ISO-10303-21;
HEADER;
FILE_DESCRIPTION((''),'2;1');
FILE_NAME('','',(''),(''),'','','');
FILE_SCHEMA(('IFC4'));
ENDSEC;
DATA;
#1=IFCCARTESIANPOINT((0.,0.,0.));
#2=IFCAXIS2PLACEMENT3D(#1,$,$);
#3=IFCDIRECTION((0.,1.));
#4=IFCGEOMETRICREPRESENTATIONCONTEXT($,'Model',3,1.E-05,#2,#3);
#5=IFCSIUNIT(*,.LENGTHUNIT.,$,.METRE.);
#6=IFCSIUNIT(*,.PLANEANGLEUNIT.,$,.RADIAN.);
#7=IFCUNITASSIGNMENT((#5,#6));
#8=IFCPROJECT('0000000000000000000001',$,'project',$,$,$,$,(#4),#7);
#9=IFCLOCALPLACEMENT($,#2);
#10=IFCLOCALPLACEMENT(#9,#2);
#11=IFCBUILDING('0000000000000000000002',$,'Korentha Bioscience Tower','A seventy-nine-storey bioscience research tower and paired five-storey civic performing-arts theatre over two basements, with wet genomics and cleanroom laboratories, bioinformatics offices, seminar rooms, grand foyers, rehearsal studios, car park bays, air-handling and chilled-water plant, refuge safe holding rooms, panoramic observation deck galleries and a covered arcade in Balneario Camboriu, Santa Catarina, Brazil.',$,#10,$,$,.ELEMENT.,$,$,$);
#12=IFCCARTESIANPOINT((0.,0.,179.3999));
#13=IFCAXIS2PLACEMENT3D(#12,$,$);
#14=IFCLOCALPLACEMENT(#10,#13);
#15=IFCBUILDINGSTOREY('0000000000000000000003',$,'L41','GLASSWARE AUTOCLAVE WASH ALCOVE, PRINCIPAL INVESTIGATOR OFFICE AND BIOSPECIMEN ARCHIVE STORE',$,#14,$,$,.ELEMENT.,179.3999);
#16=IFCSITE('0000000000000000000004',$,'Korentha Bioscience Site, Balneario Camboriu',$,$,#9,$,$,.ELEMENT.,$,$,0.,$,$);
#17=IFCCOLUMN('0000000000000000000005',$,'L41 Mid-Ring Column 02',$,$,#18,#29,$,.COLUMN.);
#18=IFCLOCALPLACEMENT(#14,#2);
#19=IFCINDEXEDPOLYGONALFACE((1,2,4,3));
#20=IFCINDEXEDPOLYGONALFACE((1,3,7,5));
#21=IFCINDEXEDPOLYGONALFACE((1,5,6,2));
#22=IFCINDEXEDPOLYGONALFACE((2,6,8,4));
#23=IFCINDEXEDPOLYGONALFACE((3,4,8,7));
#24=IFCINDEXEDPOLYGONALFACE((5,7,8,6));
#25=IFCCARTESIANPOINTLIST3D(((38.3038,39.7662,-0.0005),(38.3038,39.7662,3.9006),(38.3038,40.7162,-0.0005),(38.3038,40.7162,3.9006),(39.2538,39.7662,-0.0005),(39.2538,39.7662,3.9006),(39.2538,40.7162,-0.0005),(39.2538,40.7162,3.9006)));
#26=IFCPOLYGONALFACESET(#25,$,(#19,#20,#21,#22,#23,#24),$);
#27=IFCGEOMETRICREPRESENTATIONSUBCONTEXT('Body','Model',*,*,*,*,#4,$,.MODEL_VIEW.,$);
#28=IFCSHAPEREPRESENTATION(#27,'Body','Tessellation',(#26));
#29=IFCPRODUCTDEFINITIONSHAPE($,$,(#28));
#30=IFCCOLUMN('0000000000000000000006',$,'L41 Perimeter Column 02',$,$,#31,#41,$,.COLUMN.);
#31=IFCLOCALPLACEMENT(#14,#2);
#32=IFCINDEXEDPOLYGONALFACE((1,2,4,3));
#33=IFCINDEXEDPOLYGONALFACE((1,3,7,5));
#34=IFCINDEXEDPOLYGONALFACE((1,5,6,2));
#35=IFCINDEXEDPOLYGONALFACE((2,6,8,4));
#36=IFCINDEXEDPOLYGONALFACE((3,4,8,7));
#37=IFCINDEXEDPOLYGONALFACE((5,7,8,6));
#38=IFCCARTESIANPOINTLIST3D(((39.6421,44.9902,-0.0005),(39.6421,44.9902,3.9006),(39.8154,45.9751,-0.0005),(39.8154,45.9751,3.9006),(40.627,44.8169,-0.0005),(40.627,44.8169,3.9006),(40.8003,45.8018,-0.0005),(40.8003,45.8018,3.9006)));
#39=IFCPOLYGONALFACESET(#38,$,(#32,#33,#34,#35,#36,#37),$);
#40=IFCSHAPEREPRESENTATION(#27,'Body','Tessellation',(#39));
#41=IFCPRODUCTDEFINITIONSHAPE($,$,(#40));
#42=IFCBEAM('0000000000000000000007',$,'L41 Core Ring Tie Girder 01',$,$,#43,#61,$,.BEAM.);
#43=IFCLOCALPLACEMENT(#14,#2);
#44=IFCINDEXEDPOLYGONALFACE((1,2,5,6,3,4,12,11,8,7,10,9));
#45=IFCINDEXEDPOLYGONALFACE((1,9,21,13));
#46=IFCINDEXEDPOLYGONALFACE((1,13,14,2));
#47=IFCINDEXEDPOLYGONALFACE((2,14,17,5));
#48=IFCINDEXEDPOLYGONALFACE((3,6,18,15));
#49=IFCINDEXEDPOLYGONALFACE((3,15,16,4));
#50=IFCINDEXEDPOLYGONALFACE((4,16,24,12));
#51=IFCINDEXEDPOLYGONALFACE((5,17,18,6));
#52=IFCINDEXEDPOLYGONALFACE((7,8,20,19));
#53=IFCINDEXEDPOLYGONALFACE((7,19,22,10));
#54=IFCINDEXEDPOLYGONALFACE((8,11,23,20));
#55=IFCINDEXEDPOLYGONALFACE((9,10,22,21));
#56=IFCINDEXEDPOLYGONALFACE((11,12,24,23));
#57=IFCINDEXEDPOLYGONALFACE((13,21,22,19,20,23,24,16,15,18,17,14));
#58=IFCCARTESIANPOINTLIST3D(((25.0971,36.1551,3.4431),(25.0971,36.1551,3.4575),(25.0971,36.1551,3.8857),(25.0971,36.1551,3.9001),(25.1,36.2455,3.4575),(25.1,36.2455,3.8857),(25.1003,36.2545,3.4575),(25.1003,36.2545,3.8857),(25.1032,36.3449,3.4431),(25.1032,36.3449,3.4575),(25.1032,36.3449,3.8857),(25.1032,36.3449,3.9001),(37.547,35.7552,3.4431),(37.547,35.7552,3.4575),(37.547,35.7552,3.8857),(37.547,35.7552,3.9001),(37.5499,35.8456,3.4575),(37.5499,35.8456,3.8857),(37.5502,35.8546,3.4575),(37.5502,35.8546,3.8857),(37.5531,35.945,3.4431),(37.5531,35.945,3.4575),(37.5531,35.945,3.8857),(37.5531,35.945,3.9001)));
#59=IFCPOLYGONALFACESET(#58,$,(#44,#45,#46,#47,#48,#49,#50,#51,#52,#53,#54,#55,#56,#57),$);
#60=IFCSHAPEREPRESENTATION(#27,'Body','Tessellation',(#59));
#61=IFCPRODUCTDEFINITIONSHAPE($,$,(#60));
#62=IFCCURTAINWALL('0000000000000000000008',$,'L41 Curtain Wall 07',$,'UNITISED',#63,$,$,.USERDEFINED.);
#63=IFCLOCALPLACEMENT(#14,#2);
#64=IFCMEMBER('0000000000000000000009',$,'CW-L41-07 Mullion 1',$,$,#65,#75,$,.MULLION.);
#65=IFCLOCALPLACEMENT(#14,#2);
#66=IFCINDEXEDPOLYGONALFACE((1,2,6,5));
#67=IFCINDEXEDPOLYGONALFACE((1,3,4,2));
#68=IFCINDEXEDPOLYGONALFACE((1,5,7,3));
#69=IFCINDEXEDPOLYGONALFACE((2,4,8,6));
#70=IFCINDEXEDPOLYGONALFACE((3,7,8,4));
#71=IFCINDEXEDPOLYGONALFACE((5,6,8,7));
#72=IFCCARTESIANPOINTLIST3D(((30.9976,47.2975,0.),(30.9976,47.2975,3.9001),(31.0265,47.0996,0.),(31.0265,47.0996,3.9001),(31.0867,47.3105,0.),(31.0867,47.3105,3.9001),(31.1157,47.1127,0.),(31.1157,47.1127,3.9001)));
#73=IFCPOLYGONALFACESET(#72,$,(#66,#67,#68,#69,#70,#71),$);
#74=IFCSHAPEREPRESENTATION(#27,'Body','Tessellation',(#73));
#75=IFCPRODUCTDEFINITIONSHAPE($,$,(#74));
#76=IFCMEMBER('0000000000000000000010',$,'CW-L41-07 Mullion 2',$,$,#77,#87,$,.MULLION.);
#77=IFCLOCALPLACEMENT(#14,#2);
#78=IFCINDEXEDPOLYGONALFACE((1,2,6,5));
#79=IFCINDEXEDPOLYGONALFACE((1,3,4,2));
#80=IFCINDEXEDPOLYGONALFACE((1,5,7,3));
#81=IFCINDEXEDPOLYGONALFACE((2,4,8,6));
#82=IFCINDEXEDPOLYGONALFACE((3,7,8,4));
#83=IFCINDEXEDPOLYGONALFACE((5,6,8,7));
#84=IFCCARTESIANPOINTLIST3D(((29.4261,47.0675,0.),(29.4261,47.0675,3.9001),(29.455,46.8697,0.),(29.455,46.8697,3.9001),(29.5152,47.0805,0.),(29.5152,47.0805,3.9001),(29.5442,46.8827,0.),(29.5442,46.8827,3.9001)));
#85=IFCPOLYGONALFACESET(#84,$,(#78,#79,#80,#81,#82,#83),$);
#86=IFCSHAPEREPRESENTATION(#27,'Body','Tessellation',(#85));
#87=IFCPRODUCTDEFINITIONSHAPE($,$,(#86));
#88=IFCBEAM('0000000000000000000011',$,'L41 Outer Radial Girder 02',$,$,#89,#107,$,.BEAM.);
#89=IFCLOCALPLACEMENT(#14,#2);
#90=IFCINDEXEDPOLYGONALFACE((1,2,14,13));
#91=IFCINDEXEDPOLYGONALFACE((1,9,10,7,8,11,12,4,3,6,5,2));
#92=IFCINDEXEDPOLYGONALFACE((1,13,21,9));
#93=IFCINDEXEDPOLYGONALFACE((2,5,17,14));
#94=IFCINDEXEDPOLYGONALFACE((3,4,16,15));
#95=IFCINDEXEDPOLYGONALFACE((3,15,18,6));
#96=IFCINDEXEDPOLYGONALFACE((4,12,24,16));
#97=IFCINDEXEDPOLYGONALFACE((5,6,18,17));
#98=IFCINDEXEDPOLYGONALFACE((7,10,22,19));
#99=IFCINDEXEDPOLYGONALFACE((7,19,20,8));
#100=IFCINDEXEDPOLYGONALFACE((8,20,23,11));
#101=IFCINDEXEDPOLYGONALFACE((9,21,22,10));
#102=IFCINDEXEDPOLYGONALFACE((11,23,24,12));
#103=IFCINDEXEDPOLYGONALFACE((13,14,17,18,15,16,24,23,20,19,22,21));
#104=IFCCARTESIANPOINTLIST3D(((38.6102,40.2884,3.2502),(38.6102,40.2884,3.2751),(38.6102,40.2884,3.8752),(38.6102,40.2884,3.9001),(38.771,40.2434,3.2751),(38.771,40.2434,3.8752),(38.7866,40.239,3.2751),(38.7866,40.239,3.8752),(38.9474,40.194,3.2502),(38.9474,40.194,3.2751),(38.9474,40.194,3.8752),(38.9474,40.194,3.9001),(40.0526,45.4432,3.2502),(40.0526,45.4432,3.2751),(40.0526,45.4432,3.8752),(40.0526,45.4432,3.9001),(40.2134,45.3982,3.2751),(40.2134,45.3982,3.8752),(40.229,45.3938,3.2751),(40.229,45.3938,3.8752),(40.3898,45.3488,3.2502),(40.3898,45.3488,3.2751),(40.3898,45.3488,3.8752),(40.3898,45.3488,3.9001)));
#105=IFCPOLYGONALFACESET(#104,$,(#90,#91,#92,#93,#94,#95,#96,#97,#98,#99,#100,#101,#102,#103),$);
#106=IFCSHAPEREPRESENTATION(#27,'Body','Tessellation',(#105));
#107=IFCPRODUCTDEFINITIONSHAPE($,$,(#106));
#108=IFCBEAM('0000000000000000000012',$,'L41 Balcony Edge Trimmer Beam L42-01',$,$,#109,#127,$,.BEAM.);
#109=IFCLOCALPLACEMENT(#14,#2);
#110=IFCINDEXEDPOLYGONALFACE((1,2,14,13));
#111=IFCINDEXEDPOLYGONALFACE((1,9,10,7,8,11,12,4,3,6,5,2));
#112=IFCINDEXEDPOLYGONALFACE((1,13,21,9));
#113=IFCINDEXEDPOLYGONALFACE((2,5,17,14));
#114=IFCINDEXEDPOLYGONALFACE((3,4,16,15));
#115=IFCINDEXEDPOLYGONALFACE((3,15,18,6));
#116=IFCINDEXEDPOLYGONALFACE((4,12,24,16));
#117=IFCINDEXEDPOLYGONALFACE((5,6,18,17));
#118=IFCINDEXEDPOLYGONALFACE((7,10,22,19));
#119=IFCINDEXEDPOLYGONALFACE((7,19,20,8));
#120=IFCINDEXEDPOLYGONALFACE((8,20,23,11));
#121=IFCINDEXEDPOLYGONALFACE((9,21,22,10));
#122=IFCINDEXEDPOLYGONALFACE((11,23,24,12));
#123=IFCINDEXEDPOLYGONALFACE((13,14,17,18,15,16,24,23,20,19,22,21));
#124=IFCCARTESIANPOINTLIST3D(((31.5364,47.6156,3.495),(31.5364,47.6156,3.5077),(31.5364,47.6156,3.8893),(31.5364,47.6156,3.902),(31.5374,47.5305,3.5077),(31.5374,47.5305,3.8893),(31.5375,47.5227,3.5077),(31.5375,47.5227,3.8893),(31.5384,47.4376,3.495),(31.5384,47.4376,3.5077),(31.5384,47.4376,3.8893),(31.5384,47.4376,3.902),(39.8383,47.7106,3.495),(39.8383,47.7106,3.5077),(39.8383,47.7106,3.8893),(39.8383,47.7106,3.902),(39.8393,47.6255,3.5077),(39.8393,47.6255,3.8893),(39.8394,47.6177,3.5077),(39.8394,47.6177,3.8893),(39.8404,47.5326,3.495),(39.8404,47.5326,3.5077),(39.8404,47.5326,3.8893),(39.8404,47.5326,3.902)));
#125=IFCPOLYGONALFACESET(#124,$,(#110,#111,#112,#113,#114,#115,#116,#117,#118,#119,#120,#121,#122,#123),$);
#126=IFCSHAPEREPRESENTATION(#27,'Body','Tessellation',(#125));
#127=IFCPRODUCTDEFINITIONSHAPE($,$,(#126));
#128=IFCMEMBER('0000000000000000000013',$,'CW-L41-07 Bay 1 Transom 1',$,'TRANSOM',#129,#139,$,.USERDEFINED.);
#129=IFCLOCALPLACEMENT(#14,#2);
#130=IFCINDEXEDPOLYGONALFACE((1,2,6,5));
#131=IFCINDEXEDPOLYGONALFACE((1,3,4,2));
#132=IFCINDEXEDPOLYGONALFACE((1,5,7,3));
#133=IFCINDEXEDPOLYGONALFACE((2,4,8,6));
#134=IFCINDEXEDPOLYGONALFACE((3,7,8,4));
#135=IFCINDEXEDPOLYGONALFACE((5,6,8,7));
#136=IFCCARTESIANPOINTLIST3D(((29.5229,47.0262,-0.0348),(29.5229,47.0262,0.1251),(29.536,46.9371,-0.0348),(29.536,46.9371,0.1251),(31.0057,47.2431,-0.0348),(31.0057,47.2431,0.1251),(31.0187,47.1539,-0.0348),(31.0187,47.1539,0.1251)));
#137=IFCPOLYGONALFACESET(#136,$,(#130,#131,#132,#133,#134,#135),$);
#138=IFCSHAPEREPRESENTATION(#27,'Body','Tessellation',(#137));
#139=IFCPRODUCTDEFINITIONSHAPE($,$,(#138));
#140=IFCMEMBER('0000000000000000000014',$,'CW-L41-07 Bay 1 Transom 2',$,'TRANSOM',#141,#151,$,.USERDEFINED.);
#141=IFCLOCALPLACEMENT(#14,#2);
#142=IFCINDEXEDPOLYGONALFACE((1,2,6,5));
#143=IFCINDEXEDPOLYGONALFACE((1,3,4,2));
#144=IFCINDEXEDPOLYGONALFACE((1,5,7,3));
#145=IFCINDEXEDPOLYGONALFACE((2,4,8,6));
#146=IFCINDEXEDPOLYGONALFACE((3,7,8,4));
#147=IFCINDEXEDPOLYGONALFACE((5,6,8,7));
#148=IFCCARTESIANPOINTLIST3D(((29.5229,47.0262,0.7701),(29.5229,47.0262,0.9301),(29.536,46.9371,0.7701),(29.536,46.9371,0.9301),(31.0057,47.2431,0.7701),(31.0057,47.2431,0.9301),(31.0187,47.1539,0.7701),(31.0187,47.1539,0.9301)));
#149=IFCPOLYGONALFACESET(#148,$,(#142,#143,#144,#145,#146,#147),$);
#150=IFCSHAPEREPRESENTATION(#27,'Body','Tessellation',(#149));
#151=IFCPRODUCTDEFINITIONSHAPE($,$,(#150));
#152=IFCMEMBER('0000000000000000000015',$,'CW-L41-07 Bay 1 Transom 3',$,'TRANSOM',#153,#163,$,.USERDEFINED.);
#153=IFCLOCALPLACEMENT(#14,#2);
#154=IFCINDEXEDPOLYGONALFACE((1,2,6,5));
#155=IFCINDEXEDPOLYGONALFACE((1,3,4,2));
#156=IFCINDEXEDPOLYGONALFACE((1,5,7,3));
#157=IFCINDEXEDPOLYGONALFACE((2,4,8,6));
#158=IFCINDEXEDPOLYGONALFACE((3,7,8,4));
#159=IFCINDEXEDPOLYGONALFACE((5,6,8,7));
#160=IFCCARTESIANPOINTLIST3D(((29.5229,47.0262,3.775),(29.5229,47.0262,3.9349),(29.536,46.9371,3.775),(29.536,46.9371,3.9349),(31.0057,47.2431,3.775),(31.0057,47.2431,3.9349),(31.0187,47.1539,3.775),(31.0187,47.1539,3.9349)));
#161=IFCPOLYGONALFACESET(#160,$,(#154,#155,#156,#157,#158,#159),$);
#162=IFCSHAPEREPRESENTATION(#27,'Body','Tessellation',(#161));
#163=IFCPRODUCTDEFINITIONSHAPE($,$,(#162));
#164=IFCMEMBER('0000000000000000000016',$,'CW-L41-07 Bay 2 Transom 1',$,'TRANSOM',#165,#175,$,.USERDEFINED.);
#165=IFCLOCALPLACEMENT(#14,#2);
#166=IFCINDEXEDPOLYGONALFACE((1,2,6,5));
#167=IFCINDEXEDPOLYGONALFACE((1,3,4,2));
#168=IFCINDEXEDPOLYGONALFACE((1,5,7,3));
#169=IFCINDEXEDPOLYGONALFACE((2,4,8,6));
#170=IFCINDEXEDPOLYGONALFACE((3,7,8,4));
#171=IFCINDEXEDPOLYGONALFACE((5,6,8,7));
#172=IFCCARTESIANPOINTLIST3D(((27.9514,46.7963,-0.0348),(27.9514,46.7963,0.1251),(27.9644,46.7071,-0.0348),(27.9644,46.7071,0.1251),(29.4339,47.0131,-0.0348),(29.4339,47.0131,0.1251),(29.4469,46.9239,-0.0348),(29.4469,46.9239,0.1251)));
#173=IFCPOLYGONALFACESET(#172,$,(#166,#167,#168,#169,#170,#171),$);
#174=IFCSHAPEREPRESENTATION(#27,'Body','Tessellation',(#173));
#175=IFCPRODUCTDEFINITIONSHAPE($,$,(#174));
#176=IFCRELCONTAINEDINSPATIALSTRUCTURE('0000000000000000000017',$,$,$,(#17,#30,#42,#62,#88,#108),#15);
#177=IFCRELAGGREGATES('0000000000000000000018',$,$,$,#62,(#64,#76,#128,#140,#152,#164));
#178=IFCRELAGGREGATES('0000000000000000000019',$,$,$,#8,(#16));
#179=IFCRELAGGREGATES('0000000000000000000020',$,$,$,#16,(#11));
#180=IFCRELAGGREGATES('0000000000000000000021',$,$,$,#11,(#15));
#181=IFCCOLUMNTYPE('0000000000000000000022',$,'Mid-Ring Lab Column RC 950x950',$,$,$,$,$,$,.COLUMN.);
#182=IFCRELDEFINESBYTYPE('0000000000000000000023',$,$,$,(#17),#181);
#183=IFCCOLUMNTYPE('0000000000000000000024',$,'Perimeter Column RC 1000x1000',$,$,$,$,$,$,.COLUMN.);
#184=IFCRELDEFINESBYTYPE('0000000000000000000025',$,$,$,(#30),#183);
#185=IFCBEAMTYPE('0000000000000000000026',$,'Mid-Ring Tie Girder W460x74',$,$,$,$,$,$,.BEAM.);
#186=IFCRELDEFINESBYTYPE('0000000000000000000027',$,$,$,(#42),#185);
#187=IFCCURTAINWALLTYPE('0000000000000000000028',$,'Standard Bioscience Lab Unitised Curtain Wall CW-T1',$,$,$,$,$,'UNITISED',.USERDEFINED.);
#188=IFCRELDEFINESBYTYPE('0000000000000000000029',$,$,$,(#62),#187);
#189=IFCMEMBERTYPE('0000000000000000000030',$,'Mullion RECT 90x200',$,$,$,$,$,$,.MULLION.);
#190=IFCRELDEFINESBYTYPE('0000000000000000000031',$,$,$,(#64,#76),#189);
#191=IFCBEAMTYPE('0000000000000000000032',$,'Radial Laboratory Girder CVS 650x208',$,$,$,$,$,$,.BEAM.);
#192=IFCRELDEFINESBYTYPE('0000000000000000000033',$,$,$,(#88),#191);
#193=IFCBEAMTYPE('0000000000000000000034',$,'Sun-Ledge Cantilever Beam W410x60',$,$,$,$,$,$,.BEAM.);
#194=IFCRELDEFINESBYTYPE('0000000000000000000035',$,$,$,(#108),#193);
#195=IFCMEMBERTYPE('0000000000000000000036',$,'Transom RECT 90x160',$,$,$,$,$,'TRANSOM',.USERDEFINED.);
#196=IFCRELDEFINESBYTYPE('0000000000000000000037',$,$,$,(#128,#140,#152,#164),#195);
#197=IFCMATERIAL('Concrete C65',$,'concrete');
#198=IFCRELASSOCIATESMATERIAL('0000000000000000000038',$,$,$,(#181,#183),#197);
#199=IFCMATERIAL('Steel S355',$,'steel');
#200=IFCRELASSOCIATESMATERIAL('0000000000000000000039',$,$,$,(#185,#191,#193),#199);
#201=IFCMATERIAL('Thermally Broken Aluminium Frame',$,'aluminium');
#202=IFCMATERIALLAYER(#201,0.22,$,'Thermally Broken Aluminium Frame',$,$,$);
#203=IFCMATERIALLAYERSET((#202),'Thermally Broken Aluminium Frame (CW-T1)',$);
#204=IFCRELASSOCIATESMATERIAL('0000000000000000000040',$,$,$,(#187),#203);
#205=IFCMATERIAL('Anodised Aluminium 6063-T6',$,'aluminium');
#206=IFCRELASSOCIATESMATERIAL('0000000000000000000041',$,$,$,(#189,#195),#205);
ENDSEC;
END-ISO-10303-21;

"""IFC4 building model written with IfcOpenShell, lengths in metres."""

from ifc_helpers import new_model, si_unit, direction, frame, origin, origin_2d, place, context, subcontext, project, spatial, rectangle, i_section, extrude, material, layer, layer_set, material_profile, profile_set, type_object, element, aggregate, save


model = new_model("IFC4")

# Units and contexts
model_context = context("Model", 3, precision=1e-05, world=origin(), true_north=direction((0.0, 1.0)))
body_context = subcontext(model_context, "Body", "Model", "MODEL_VIEW")
ifc_project = project(units=[si_unit("LENGTHUNIT", "METRE"), si_unit("PLANEANGLEUNIT", "RADIAN")], contexts=[model_context])

# Site, building, storey
site_placement = place(None, origin())
site = spatial("IfcSite", under=ifc_project, at=site_placement, Name="Korentha Bioscience Site, Balneario Camboriu", CompositionType="ELEMENT", RefElevation=0.0)
building_placement = place(site_placement, origin())
building = spatial("IfcBuilding", under=site, at=building_placement, Name="Korentha Bioscience Tower", Description="A seventy-nine-storey bioscience research tower and paired five-storey civic performing-arts theatre over two basements, with wet genomics and cleanroom laboratories, bioinformatics offices, seminar rooms, grand foyers, rehearsal studios, car park bays, air-handling and chilled-water plant, refuge safe holding rooms, panoramic observation deck galleries and a covered arcade in Balneario Camboriu, Santa Catarina, Brazil.", CompositionType="ELEMENT")
storey_placement = place(building_placement, frame((0.0, 0.0, 179.3999)))
storey = spatial("IfcBuildingStorey", under=building, at=storey_placement, Name="L41", Description="GLASSWARE AUTOCLAVE WASH ALCOVE, PRINCIPAL INVESTIGATOR OFFICE AND BIOSPECIMEN ARCHIVE STORE", CompositionType="ELEMENT", Elevation=179.3999)

# Columns
ifc_material_1 = material(Name="Concrete C65", Category="concrete")
ifc_material_profile_1 = material_profile(ifc_material_1, rectangle(XDim=0.95, YDim=0.95, at=origin_2d()), Name="Concrete C65")
ifc_profile_set_1 = profile_set([ifc_material_profile_1], Name="Concrete C65 (COL-MR09)")
column_type_1 = type_object("IfcColumnType", Name="Mid-Ring Lab Column RC 950x950", PredefinedType="COLUMN", material=ifc_profile_set_1)
column_1_placement = place(storey_placement, frame((38.7788, 40.2412, -0.0005), z_axis=(0.0, 0.0, 1.0), x_axis=(1.0, 0.0, 0.0)))
element("IfcColumn", 1, at=column_1_placement, inside=storey, type_object=column_type_1, Name="L41 Mid-Ring Column 02", PredefinedType="COLUMN", context=body_context, shape_type="SweptSolid", body=[
    extrude(rectangle(XDim=0.95, YDim=0.95, at=origin_2d()), origin(), (0.0, 0.0, 1.0), 3.9011),
])
ifc_material_profile_2 = material_profile(ifc_material_1, rectangle(XDim=1.0, YDim=1.0, at=origin_2d()), Name="Concrete C65")
ifc_profile_set_2 = profile_set([ifc_material_profile_2], Name="Concrete C65 (COL-P10)")
column_type_2 = type_object("IfcColumnType", Name="Perimeter Column RC 1000x1000", PredefinedType="COLUMN", material=ifc_profile_set_2)
column_2_placement = place(storey_placement, frame((40.2212, 45.396, -0.0005), z_axis=(0.0, 0.0, 1.0), x_axis=(-0.984868, 0.173304, 0.0)))
element("IfcColumn", 2, at=column_2_placement, inside=storey, type_object=column_type_2, Name="L41 Perimeter Column 02", PredefinedType="COLUMN", context=body_context, shape_type="SweptSolid", body=[
    extrude(rectangle(XDim=1.0, YDim=1.0, at=origin_2d()), origin(), (0.0, 0.0, 1.0), 3.9011),
])

# Beam
ifc_material_2 = material(Name="Steel S355", Category="steel")
ifc_material_profile_3 = material_profile(ifc_material_2, i_section(OverallWidth=0.1899, OverallDepth=0.457, WebThickness=0.009, FlangeThickness=0.0144, at=origin_2d()), Name="Steel S355")
ifc_profile_set_3 = profile_set([ifc_material_profile_3], Name="Steel S355 (MB-460)")
beam_type_1 = type_object("IfcBeamType", Name="Mid-Ring Tie Girder W460x74", PredefinedType="BEAM", material=ifc_profile_set_3)
beam_1_placement = place(storey_placement, frame((37.55, 35.8501, 3.6716), z_axis=(-0.999485, 0.032104, 0.0), x_axis=(-0.032104, -0.999485, 0.0)))
element("IfcBeam", 3, at=beam_1_placement, inside=storey, type_object=beam_type_1, Name="L41 Core Ring Tie Girder 01", PredefinedType="BEAM", context=body_context, shape_type="SweptSolid", body=[
    extrude(i_section(OverallWidth=0.1899, OverallDepth=0.457, WebThickness=0.009, FlangeThickness=0.0144, at=origin_2d()), origin(), (0.0, 0.0, 1.0), 12.4563),
])

# Curtain wall, members
ifc_material_3 = material(Name="Thermally Broken Aluminium Frame", Category="aluminium")
ifc_layer_1 = layer(ifc_material_3, 0.22, Name="Thermally Broken Aluminium Frame")
ifc_layer_set_1 = layer_set([ifc_layer_1], Name="Thermally Broken Aluminium Frame (CW-T1)")
curtain_wall_type = type_object("IfcCurtainWallType", Name="Standard Bioscience Lab Unitised Curtain Wall CW-T1", ElementType="UNITISED", PredefinedType="USERDEFINED", material=ifc_layer_set_1)
curtain_wall_placement = place(storey_placement, origin())
curtain_wall = element("IfcCurtainWall", 4, at=curtain_wall_placement, inside=storey, type_object=curtain_wall_type, Name="L41 Curtain Wall 07", ObjectType="UNITISED", PredefinedType="USERDEFINED")
ifc_material_4 = material(Name="Anodised Aluminium 6063-T6", Category="aluminium")
ifc_material_profile_4 = material_profile(ifc_material_4, rectangle(XDim=0.0901, YDim=0.2, at=origin_2d()), Name="Anodised Aluminium 6063-T6")
ifc_profile_set_4 = profile_set([ifc_material_profile_4], Name="Anodised Aluminium 6063-T6 (CW-MUL)")
member_type_1 = type_object("IfcMemberType", Name="Mullion RECT 90x200", PredefinedType="MULLION", material=ifc_profile_set_4)
member_1_placement = place(storey_placement, frame((31.0566, 47.2051, 0.0), z_axis=(0.0, 0.0, 1.0), x_axis=(-0.989462, -0.144793, 0.0)))
member_1 = element("IfcMember", 5, at=member_1_placement, type_object=member_type_1, Name="CW-L41-07 Mullion 1", PredefinedType="MULLION", context=body_context, shape_type="SweptSolid", body=[
    extrude(rectangle(XDim=0.0901, YDim=0.2, at=origin_2d()), origin(), (0.0, 0.0, 1.0), 3.9001),
])
member_2_placement = place(storey_placement, frame((29.4851, 46.9751, 0.0), z_axis=(0.0, 0.0, 1.0), x_axis=(-0.989462, -0.144793, 0.0)))
member_2 = element("IfcMember", 6, at=member_2_placement, type_object=member_type_1, Name="CW-L41-07 Mullion 2", PredefinedType="MULLION", context=body_context, shape_type="SweptSolid", body=[
    extrude(rectangle(XDim=0.0901, YDim=0.2, at=origin_2d()), origin(), (0.0, 0.0, 1.0), 3.9001),
])

# Beams
ifc_material_profile_5 = material_profile(ifc_material_2, i_section(OverallWidth=0.3501, OverallDepth=0.6499, WebThickness=0.0161, FlangeThickness=0.0249, at=origin_2d()), Name="Steel S355")
ifc_profile_set_5 = profile_set([ifc_material_profile_5], Name="Steel S355 (RB-650)")
beam_type_2 = type_object("IfcBeamType", Name="Radial Laboratory Girder CVS 650x208", PredefinedType="BEAM", material=ifc_profile_set_5)
beam_2_placement = place(storey_placement, frame((38.7788, 40.2412, 3.5752), z_axis=(0.269464, 0.96301, 0.0), x_axis=(-0.96301, 0.269464, 0.0)))
element("IfcBeam", 7, at=beam_2_placement, inside=storey, type_object=beam_type_2, Name="L41 Outer Radial Girder 02", PredefinedType="BEAM", context=body_context, shape_type="SweptSolid", body=[
    extrude(i_section(OverallWidth=0.3501, OverallDepth=0.6499, WebThickness=0.0161, FlangeThickness=0.0249, at=origin_2d()), origin(), (0.0, 0.0, 1.0), 5.3528),
])
ifc_material_profile_6 = material_profile(ifc_material_2, i_section(OverallWidth=0.178, OverallDepth=0.407, WebThickness=0.0078, FlangeThickness=0.0127, at=origin_2d()), Name="Steel S355")
ifc_profile_set_6 = profile_set([ifc_material_profile_6], Name="Steel S355 (CB-410)")
beam_type_3 = type_object("IfcBeamType", Name="Sun-Ledge Cantilever Beam W410x60", PredefinedType="BEAM", material=ifc_profile_set_6)
beam_3_placement = place(storey_placement, frame((39.8394, 47.6216, 3.6985), z_axis=(-0.999935, -0.011439, 0.0), x_axis=(0.011439, -0.999935, 0.0)))
element("IfcBeam", 8, at=beam_3_placement, inside=storey, type_object=beam_type_3, Name="L41 Balcony Edge Trimmer Beam L42-01", PredefinedType="BEAM", context=body_context, shape_type="SweptSolid", body=[
    extrude(i_section(OverallWidth=0.178, OverallDepth=0.407, WebThickness=0.0078, FlangeThickness=0.0127, at=origin_2d()), origin(), (0.0, 0.0, 1.0), 8.3025),
])

# Members
ifc_material_profile_7 = material_profile(ifc_material_4, rectangle(XDim=0.0901, YDim=0.1599, at=origin_2d()), Name="Anodised Aluminium 6063-T6")
ifc_profile_set_7 = profile_set([ifc_material_profile_7], Name="Anodised Aluminium 6063-T6 (CW-TRN)")
member_type_2 = type_object("IfcMemberType", Name="Transom RECT 90x160", ElementType="TRANSOM", PredefinedType="USERDEFINED", material=ifc_profile_set_7)
member_3_placement = place(storey_placement, frame((31.0122, 47.1985, 0.0452), z_axis=(-0.989478, -0.144682, 0.0), x_axis=(0.144682, -0.989478, 0.0)))
member_3 = element("IfcMember", 9, at=member_3_placement, type_object=member_type_2, Name="CW-L41-07 Bay 1 Transom 1", ObjectType="TRANSOM", PredefinedType="USERDEFINED", context=body_context, shape_type="SweptSolid", body=[
    extrude(rectangle(XDim=0.0901, YDim=0.1599, at=origin_2d()), origin(), (0.0, 0.0, 1.0), 1.4985),
])
member_4_placement = place(storey_placement, frame((31.0122, 47.1985, 0.8501), z_axis=(-0.989478, -0.144682, 0.0), x_axis=(0.144682, -0.989478, 0.0)))
member_4 = element("IfcMember", 10, at=member_4_placement, type_object=member_type_2, Name="CW-L41-07 Bay 1 Transom 2", ObjectType="TRANSOM", PredefinedType="USERDEFINED", context=body_context, shape_type="SweptSolid", body=[
    extrude(rectangle(XDim=0.0901, YDim=0.1599, at=origin_2d()), origin(), (0.0, 0.0, 1.0), 1.4985),
])
member_5_placement = place(storey_placement, frame((31.0122, 47.1985, 3.855), z_axis=(-0.989478, -0.144682, 0.0), x_axis=(0.144682, -0.989478, 0.0)))
member_5 = element("IfcMember", 11, at=member_5_placement, type_object=member_type_2, Name="CW-L41-07 Bay 1 Transom 3", ObjectType="TRANSOM", PredefinedType="USERDEFINED", context=body_context, shape_type="SweptSolid", body=[
    extrude(rectangle(XDim=0.0901, YDim=0.1599, at=origin_2d()), origin(), (0.0, 0.0, 1.0), 1.4985),
])
member_6_placement = place(storey_placement, frame((29.4404, 46.9685, 0.0452), z_axis=(-0.989475, -0.144706, 0.0), x_axis=(0.144706, -0.989475, 0.0)))
member_6 = element("IfcMember", 12, at=member_6_placement, type_object=member_type_2, Name="CW-L41-07 Bay 2 Transom 1", ObjectType="TRANSOM", PredefinedType="USERDEFINED", context=body_context, shape_type="SweptSolid", body=[
    extrude(rectangle(XDim=0.0901, YDim=0.1599, at=origin_2d()), origin(), (0.0, 0.0, 1.0), 1.4983),
])

aggregate(curtain_wall, [member_1, member_2, member_3, member_4, member_5, member_6])

save(model, "model.ifc")
